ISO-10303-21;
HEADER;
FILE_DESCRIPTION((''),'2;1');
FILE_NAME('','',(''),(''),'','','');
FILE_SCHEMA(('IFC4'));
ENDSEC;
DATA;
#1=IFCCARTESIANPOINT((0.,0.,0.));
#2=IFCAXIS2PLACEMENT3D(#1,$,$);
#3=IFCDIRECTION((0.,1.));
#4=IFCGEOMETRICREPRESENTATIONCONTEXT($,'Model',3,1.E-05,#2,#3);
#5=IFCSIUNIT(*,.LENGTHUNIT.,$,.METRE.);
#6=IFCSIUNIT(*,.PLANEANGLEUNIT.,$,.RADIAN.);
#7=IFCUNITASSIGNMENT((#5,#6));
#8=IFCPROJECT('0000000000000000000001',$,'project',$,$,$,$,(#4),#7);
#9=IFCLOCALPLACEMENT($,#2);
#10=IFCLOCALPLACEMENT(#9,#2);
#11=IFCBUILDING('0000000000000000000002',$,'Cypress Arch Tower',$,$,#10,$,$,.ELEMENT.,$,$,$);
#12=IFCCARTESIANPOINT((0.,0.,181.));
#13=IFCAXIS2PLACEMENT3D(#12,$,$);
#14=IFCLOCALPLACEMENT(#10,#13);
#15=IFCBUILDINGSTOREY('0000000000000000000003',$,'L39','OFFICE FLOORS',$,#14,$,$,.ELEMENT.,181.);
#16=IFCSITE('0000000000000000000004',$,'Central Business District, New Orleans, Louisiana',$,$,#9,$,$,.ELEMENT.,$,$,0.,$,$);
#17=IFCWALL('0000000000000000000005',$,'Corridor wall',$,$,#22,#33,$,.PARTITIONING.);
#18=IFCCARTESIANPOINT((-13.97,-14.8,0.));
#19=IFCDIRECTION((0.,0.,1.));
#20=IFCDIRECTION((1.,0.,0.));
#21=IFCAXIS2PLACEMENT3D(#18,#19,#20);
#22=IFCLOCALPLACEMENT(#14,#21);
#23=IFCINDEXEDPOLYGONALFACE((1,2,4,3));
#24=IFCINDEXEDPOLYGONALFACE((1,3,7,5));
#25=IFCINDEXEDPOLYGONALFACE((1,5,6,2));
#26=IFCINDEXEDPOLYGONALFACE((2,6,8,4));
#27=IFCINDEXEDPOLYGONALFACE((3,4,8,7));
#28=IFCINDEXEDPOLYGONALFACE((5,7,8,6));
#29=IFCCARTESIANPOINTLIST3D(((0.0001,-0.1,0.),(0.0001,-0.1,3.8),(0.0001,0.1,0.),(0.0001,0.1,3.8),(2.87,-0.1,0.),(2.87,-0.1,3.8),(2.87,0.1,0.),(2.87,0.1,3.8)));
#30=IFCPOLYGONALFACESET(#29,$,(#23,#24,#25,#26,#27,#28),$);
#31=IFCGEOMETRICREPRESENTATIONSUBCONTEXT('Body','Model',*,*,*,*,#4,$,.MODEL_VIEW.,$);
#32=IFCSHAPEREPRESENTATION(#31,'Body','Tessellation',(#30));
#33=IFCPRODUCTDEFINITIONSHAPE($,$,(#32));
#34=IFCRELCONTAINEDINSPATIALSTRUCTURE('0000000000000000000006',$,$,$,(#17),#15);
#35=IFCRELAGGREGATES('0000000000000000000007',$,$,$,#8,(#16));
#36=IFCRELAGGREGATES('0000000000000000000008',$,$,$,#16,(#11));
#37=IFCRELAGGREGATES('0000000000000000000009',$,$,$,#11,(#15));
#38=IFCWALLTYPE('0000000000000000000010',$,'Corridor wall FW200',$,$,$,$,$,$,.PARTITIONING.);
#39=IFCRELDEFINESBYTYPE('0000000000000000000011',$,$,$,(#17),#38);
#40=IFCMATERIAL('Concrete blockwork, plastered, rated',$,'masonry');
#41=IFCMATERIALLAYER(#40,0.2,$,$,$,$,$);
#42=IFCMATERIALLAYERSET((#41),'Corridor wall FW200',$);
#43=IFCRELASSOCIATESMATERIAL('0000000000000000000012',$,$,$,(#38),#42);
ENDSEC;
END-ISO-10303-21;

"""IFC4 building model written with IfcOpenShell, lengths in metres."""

from ifc_helpers import new_model, si_unit, direction, frame, frame_2d, origin, place, context, subcontext, project, spatial, rectangle, extrude, material, layer, layer_set, type_object, element, save


model = new_model("IFC4")

# Units and contexts
model_context = context("Model", 3, precision=1e-05, world=origin(), true_north=direction((0.0, 1.0)))
body_context = subcontext(model_context, "Body", "Model", "MODEL_VIEW")
ifc_project = project(units=[si_unit("LENGTHUNIT", "METRE"), si_unit("PLANEANGLEUNIT", "RADIAN")], contexts=[model_context])

# Site, building, storey
site_placement = place(None, origin())
site = spatial("IfcSite", under=ifc_project, at=site_placement, Name="Central Business District, New Orleans, Louisiana", CompositionType="ELEMENT", RefElevation=0.0)
building_placement = place(site_placement, origin())
building = spatial("IfcBuilding", under=site, at=building_placement, Name="Cypress Arch Tower", CompositionType="ELEMENT")
storey_placement = place(building_placement, frame((0.0, 0.0, 181.0)))
storey = spatial("IfcBuildingStorey", under=building, at=storey_placement, Name="L39", Description="OFFICE FLOORS", CompositionType="ELEMENT", Elevation=181.0)

# Wall
ifc_material_1 = material(Name="Concrete blockwork, plastered, rated", Category="masonry")
ifc_layer_1 = layer(ifc_material_1, 0.2)
ifc_layer_set_1 = layer_set([ifc_layer_1], Name="Corridor wall FW200")
wall_type_1 = type_object("IfcWallType", Name="Corridor wall FW200", PredefinedType="PARTITIONING", material=ifc_layer_set_1)
wall_1_placement = place(storey_placement, frame((-13.97, -14.8, 0.0), z_axis=(0.0, 0.0, 1.0), x_axis=(1.0, 0.0, 0.0)))
element("IfcWall", 1, at=wall_1_placement, inside=storey, type_object=wall_type_1, Name="Corridor wall", PredefinedType="PARTITIONING", context=body_context, shape_type="SweptSolid", body=[
    extrude(rectangle(XDim=2.8699, YDim=0.2, at=frame_2d((1.4351, 0.0))), origin(), (0.0, 0.0, 1.0), 3.8),
])

save(model, "model.ifc")
